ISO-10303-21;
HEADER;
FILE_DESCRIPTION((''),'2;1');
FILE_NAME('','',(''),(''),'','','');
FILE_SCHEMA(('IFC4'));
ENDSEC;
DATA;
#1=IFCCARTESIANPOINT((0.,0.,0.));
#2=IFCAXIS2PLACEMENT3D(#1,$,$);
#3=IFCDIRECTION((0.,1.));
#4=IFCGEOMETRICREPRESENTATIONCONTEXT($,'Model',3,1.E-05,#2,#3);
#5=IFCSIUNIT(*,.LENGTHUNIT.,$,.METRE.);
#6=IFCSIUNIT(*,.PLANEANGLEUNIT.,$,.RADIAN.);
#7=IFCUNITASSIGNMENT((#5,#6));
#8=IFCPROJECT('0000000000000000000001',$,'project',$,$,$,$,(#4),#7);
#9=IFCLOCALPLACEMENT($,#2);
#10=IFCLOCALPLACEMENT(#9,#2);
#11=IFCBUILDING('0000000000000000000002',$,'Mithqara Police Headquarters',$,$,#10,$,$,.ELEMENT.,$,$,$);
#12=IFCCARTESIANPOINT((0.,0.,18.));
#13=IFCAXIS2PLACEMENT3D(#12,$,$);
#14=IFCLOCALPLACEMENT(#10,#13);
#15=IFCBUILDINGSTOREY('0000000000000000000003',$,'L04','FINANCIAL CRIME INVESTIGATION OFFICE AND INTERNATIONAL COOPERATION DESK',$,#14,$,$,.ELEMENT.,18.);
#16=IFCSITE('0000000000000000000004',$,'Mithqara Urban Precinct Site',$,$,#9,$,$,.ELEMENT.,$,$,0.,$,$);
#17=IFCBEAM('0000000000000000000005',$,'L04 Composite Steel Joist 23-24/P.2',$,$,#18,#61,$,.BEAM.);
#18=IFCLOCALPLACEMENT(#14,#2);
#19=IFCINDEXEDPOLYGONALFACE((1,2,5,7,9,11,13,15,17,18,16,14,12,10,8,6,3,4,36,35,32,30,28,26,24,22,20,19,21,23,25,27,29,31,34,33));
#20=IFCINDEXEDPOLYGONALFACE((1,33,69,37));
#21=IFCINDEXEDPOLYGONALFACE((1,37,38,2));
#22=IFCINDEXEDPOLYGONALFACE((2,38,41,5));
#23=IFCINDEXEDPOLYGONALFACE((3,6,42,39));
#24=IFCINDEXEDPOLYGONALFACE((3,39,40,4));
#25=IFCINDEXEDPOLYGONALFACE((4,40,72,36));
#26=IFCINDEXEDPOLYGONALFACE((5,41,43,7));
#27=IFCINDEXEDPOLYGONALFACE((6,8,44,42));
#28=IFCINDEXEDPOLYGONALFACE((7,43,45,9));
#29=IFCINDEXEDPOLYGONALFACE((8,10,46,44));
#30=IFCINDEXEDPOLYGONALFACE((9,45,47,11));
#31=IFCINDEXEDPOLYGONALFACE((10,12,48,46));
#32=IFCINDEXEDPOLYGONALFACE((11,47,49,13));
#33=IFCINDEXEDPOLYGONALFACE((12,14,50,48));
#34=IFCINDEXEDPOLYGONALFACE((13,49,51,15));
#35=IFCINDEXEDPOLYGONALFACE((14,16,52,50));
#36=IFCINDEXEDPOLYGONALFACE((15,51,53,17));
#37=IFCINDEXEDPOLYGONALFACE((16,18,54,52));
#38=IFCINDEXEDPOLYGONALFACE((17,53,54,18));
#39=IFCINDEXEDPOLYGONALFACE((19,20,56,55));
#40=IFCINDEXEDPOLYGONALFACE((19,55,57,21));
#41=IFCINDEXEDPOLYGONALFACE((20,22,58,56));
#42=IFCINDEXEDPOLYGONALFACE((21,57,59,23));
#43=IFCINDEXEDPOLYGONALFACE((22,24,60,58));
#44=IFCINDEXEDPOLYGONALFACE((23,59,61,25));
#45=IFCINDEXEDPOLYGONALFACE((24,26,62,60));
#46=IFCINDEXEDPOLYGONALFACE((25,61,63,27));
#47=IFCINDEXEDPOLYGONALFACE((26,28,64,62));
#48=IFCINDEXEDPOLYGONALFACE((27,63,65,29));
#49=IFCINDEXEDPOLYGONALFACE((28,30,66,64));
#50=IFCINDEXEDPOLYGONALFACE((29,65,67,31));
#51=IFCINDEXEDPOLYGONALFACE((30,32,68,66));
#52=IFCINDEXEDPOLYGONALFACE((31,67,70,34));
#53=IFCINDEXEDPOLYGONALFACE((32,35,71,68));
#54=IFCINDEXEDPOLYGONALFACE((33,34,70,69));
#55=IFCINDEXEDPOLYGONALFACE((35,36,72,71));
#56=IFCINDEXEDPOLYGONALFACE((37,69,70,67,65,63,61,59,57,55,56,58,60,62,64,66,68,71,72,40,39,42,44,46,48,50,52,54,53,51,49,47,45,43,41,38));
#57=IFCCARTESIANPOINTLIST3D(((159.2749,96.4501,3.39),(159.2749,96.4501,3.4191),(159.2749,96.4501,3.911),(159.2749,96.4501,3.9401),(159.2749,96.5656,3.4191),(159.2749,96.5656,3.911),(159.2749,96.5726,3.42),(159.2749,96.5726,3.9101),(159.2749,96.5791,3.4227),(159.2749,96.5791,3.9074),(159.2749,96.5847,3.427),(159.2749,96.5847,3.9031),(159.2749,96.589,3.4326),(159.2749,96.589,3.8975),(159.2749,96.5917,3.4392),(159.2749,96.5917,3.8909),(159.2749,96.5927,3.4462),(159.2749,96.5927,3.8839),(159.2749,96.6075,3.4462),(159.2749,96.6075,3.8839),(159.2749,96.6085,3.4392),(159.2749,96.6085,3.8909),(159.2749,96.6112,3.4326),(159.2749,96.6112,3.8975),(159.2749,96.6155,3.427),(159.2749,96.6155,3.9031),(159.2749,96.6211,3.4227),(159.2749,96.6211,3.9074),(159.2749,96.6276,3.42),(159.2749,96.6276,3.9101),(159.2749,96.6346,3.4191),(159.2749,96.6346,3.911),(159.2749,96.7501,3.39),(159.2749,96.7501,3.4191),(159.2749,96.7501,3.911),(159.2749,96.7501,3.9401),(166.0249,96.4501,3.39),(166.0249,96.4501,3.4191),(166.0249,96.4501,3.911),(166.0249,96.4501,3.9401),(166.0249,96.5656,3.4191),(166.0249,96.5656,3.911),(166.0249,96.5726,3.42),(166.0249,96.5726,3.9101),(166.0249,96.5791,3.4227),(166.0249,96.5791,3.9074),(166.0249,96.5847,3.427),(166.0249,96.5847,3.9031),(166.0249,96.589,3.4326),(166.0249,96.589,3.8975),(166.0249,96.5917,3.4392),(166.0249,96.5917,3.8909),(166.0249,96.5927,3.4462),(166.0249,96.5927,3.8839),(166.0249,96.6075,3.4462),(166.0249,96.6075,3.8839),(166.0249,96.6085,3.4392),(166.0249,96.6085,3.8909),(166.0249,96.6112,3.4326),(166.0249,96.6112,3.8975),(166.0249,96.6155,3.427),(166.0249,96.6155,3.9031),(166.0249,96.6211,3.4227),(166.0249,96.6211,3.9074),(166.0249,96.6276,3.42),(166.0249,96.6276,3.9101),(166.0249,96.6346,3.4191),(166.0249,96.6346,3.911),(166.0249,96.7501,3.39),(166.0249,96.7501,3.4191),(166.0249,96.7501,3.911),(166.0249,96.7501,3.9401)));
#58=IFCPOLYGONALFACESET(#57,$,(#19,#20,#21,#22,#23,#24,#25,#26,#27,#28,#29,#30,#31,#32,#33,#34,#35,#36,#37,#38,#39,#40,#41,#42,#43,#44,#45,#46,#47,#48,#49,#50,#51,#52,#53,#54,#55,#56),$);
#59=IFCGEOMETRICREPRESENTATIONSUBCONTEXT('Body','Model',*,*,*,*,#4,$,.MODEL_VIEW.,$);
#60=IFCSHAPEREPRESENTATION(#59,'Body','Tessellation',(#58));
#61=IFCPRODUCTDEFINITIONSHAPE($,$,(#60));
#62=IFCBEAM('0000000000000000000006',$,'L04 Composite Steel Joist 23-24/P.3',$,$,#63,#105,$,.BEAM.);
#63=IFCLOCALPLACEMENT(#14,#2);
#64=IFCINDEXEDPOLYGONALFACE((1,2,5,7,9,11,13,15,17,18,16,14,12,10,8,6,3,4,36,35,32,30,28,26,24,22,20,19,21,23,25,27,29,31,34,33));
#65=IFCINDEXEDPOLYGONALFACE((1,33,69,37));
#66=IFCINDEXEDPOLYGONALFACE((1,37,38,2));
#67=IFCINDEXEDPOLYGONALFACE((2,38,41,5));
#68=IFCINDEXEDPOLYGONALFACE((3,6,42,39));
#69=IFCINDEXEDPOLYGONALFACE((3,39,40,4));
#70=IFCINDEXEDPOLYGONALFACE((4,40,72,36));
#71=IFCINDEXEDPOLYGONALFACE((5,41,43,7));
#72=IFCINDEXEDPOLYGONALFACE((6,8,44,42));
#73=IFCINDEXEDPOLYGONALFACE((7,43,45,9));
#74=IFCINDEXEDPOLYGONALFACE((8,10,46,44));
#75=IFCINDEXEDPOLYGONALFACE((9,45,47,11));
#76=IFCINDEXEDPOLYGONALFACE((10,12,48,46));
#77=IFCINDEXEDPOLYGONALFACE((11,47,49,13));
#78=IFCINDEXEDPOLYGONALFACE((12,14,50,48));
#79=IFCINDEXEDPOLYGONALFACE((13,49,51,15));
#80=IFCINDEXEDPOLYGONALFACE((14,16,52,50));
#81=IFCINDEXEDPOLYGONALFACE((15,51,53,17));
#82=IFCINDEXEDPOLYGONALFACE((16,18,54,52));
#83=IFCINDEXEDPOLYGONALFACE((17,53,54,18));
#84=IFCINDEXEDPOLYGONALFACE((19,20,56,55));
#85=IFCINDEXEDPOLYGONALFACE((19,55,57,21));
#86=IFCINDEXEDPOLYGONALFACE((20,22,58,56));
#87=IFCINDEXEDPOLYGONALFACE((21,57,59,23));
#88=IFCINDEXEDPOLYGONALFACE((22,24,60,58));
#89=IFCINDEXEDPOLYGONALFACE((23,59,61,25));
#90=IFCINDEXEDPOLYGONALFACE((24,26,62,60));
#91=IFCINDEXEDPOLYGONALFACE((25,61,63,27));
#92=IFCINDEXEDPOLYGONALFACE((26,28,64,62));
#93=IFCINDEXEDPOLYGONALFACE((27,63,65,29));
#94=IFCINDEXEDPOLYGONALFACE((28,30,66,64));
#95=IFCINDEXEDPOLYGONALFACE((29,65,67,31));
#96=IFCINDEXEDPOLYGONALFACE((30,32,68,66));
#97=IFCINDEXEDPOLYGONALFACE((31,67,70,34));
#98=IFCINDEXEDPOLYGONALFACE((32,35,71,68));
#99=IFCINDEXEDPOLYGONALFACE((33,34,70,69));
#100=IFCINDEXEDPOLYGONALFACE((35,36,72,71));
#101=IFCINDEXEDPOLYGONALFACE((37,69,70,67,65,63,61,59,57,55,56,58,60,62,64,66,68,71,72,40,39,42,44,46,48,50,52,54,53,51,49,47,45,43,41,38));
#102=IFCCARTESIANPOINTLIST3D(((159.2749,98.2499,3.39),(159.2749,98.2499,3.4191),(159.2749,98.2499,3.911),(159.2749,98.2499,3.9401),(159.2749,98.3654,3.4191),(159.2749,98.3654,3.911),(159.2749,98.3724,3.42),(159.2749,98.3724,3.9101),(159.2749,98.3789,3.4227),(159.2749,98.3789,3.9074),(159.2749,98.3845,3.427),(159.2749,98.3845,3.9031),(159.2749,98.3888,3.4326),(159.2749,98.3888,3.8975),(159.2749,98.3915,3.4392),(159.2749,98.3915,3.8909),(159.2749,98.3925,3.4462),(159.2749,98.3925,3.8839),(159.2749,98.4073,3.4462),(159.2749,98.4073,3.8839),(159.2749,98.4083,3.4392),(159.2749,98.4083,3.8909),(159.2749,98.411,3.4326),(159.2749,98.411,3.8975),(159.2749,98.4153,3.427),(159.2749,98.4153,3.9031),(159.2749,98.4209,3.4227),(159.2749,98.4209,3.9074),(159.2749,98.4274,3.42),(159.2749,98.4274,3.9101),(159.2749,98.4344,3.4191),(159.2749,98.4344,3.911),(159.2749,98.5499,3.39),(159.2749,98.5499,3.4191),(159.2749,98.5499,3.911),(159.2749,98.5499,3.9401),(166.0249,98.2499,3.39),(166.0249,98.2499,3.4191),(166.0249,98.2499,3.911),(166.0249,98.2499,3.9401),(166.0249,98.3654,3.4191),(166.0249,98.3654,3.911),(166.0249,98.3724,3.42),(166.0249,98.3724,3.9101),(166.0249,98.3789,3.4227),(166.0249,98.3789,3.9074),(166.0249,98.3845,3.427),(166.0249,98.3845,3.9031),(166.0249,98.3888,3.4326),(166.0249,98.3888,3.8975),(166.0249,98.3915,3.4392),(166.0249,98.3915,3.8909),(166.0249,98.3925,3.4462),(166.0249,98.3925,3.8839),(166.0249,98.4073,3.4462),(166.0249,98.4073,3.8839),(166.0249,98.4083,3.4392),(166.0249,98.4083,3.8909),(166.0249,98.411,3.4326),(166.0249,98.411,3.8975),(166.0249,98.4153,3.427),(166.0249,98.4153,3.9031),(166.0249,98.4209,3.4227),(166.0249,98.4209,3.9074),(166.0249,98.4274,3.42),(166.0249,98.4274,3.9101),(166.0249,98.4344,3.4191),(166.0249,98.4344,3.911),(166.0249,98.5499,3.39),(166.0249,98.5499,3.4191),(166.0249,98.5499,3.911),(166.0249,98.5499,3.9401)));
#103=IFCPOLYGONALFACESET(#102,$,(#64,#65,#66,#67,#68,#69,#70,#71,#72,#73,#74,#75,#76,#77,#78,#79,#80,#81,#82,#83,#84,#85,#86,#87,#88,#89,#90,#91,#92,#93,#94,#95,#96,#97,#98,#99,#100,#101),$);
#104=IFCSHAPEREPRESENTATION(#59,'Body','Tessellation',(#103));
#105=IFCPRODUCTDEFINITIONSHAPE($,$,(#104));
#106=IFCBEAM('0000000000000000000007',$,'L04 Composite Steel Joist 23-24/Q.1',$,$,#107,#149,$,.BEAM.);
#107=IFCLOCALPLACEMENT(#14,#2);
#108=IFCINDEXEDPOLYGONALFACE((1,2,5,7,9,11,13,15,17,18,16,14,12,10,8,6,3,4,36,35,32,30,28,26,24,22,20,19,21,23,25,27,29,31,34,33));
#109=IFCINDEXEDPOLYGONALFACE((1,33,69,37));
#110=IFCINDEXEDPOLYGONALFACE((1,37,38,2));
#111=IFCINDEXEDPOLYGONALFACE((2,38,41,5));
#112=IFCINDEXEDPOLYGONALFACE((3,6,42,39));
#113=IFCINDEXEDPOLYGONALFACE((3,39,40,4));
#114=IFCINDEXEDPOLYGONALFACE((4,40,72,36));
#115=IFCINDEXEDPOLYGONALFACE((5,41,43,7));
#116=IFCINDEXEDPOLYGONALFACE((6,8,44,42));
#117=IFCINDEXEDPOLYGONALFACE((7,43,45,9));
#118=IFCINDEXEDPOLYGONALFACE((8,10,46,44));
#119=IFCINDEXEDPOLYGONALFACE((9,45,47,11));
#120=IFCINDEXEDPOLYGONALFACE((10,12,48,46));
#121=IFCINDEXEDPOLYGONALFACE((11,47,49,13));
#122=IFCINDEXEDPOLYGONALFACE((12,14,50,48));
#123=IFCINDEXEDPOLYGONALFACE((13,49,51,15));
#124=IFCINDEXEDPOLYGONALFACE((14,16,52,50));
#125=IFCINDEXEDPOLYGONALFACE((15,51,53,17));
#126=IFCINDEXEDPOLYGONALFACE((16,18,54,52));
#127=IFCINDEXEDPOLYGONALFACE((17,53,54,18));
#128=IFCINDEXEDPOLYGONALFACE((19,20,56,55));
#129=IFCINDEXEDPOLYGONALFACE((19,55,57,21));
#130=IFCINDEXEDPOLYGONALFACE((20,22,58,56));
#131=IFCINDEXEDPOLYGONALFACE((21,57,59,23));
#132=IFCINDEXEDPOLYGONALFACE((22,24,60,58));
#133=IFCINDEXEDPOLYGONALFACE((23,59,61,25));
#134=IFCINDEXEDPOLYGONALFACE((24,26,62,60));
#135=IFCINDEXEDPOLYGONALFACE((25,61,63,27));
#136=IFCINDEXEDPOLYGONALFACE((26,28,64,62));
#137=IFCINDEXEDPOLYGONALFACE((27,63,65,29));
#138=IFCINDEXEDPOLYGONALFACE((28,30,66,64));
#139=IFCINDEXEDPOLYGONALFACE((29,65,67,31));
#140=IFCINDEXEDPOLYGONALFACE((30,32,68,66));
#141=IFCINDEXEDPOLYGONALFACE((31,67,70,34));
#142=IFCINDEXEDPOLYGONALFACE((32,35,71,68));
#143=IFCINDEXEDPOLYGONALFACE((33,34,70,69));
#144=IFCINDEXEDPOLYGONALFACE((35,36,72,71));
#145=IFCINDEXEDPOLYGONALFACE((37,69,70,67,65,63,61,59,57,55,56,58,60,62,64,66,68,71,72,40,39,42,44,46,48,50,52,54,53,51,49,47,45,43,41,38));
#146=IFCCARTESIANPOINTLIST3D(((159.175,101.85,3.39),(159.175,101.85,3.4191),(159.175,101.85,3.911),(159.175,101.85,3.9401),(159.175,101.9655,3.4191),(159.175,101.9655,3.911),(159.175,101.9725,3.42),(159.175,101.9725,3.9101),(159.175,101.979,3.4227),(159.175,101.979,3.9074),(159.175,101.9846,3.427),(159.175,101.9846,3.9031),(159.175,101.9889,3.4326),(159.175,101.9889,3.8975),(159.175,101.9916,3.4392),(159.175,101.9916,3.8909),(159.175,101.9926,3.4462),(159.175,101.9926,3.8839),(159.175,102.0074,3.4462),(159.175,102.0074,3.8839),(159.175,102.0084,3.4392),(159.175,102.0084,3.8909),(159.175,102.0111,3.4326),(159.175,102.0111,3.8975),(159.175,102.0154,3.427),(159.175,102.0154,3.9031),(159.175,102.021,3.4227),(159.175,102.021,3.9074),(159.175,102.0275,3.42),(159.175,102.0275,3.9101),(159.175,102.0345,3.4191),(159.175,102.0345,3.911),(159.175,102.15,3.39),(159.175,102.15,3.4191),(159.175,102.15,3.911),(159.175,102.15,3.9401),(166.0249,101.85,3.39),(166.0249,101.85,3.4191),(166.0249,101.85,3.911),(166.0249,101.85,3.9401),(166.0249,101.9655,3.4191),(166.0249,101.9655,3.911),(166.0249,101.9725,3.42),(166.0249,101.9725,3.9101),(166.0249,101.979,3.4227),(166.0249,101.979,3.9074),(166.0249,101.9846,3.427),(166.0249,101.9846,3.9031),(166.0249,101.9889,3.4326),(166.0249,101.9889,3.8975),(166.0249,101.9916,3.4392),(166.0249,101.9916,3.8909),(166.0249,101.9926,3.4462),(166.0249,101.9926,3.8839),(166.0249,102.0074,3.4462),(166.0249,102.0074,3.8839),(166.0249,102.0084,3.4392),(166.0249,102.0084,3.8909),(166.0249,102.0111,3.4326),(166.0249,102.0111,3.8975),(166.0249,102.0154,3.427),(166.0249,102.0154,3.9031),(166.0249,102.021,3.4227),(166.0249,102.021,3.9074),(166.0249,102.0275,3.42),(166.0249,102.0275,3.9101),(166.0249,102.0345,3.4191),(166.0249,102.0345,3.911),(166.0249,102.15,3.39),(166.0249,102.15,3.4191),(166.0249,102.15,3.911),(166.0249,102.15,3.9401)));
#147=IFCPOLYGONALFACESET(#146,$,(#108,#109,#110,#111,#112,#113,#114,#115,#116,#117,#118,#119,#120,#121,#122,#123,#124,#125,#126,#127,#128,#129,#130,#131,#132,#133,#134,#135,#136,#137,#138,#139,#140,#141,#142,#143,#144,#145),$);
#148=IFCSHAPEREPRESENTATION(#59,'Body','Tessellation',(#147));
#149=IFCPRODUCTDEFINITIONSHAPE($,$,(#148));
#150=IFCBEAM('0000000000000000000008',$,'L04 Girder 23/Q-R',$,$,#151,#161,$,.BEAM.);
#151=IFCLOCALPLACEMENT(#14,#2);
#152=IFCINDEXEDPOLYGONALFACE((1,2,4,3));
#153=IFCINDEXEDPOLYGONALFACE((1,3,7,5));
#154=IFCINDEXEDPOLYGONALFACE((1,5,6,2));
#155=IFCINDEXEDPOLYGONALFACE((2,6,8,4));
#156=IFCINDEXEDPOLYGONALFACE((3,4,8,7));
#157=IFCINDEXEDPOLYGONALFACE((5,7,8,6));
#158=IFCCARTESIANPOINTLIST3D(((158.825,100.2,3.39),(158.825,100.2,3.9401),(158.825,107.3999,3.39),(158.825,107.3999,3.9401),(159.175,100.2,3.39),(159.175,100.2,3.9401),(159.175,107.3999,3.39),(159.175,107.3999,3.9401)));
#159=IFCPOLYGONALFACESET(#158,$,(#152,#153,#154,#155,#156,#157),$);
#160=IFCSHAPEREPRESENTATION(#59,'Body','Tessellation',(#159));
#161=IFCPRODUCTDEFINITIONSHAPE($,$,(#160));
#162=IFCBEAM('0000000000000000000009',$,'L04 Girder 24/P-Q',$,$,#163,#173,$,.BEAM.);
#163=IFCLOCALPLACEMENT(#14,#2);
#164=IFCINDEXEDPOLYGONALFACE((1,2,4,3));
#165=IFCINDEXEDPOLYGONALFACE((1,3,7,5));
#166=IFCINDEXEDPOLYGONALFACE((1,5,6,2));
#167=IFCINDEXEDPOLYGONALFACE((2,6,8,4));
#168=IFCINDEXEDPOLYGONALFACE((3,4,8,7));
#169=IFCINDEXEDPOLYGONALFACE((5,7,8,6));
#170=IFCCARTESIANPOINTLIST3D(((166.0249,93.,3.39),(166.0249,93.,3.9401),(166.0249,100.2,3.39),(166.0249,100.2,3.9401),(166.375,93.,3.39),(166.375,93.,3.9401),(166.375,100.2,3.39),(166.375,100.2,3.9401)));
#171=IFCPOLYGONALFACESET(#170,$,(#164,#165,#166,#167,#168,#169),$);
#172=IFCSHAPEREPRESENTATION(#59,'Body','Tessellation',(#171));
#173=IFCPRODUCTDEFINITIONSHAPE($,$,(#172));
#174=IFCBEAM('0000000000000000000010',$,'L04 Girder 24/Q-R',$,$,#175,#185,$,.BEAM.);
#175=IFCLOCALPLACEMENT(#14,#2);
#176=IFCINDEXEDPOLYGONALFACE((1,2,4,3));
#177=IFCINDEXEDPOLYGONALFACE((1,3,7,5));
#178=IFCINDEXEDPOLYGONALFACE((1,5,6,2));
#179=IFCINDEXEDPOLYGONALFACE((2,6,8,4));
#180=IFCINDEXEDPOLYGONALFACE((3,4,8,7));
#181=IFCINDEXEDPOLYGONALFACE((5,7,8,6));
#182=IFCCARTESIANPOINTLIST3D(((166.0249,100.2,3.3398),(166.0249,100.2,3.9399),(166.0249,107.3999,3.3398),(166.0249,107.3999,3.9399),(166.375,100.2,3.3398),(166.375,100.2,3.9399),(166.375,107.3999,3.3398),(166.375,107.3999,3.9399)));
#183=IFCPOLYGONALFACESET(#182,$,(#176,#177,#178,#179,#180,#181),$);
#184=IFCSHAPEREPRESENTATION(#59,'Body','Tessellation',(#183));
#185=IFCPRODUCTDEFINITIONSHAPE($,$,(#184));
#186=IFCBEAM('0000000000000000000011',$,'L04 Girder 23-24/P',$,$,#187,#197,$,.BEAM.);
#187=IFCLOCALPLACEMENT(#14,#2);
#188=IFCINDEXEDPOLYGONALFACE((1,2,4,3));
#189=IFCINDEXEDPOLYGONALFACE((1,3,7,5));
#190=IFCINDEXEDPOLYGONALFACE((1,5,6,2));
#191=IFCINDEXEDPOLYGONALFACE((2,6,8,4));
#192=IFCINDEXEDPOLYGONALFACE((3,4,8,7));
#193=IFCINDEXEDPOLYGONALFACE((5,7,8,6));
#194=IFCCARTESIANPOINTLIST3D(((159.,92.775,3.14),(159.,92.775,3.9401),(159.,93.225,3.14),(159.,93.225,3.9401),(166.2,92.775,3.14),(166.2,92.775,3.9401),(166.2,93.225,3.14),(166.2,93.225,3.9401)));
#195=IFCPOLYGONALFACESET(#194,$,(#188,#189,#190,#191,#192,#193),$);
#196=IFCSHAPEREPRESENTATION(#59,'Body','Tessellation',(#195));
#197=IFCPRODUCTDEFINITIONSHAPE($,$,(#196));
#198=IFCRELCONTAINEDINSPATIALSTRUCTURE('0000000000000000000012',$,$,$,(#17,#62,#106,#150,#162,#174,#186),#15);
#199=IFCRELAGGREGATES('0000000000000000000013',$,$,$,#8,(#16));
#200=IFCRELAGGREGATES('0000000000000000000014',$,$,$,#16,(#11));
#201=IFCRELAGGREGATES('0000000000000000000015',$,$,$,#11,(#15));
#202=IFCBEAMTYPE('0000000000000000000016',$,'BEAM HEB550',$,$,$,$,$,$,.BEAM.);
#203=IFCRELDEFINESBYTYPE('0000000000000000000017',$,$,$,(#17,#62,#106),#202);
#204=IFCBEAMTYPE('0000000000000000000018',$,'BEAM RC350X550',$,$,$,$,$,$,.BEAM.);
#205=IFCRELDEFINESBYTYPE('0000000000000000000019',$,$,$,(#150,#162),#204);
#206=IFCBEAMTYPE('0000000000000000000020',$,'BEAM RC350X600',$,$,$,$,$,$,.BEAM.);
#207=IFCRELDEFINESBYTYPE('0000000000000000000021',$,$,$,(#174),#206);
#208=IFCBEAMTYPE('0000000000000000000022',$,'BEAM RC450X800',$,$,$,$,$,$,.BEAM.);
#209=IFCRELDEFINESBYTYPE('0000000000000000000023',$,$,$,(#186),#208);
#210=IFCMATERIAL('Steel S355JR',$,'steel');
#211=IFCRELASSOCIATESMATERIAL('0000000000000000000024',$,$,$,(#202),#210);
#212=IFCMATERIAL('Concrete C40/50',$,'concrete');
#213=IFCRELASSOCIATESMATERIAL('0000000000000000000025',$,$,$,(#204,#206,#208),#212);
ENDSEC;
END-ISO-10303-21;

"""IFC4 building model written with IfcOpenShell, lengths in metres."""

from ifc_helpers import new_model, si_unit, direction, frame, origin, origin_2d, place, context, subcontext, project, spatial, rectangle, i_section, extrude, material, material_profile, profile_set, type_object, element, save


model = new_model("IFC4")

# Units and contexts
model_context = context("Model", 3, precision=1e-05, world=origin(), true_north=direction((0.0, 1.0)))
body_context = subcontext(model_context, "Body", "Model", "MODEL_VIEW")
ifc_project = project(units=[si_unit("LENGTHUNIT", "METRE"), si_unit("PLANEANGLEUNIT", "RADIAN")], contexts=[model_context])

# Site, building, storey
site_placement = place(None, origin())
site = spatial("IfcSite", under=ifc_project, at=site_placement, Name="Mithqara Urban Precinct Site", CompositionType="ELEMENT", RefElevation=0.0)
building_placement = place(site_placement, origin())
building = spatial("IfcBuilding", under=site, at=building_placement, Name="Mithqara Police Headquarters", CompositionType="ELEMENT")
storey_placement = place(building_placement, frame((0.0, 0.0, 18.0)))
storey = spatial("IfcBuildingStorey", under=building, at=storey_placement, Name="L04", Description="FINANCIAL CRIME INVESTIGATION OFFICE AND INTERNATIONAL COOPERATION DESK", CompositionType="ELEMENT", Elevation=18.0)

# Beams
ifc_material_1 = material(Name="Steel S355JR", Category="steel")
ifc_material_profile_1 = material_profile(ifc_material_1, i_section(OverallWidth=0.3, OverallDepth=0.55, WebThickness=0.0149, FlangeThickness=0.0291, FilletRadius=0.0271, at=origin_2d()), Name="HEB 550")
ifc_profile_set_1 = profile_set([ifc_material_profile_1], Name="Steel S355JR")
beam_type_1 = type_object("IfcBeamType", Name="BEAM HEB550", PredefinedType="BEAM", material=ifc_profile_set_1)
for number, where, z_axis, x_axis, name in (
    (1, (159.2749, 96.6001, 3.665), (1.0, 0.0, 0.0), (0.0, 1.0, 0.0), "L04 Composite Steel Joist 23-24/P.2"),
    (2, (159.2749, 98.3999, 3.665), (1.0, 0.0, 0.0), (0.0, 1.0, 0.0), "L04 Composite Steel Joist 23-24/P.3"),
):
    element("IfcBeam", number, at=place(storey_placement, frame(where, z_axis=z_axis, x_axis=x_axis)), inside=storey, type_object=beam_type_1, Name=name, PredefinedType="BEAM", context=body_context, shape_type="SweptSolid", body=[
        extrude(i_section(OverallWidth=0.3, OverallDepth=0.55, WebThickness=0.0149, FlangeThickness=0.0291, FilletRadius=0.0271, at=origin_2d()), origin(), (0.0, 0.0, 1.0), 6.75),
    ])
beam_1_placement = place(storey_placement, frame((159.175, 102.0, 3.665), z_axis=(1.0, 0.0, 0.0), x_axis=(0.0, 1.0, 0.0)))
element("IfcBeam", 3, at=beam_1_placement, inside=storey, type_object=beam_type_1, Name="L04 Composite Steel Joist 23-24/Q.1", PredefinedType="BEAM", context=body_context, shape_type="SweptSolid", body=[
    extrude(i_section(OverallWidth=0.3, OverallDepth=0.55, WebThickness=0.0149, FlangeThickness=0.0291, FilletRadius=0.0271, at=origin_2d()), origin(), (0.0, 0.0, 1.0), 6.8499),
])
ifc_material_2 = material(Name="Concrete C40/50", Category="concrete")
ifc_material_profile_2 = material_profile(ifc_material_2, rectangle(XDim=0.3501, YDim=0.55, at=origin_2d()), Name="RC 350x550")
ifc_profile_set_2 = profile_set([ifc_material_profile_2], Name="Concrete C40/50")
beam_type_2 = type_object("IfcBeamType", Name="BEAM RC350X550", PredefinedType="BEAM", material=ifc_profile_set_2)
for number, where, z_axis, x_axis, name in (
    (4, (159.0, 100.2, 3.665), (0.0, 1.0, 0.0), (-1.0, 0.0, 0.0), "L04 Girder 23/Q-R"),
    (5, (166.2, 93.0, 3.665), (0.0, 1.0, 0.0), (-1.0, 0.0, 0.0), "L04 Girder 24/P-Q"),
):
    element("IfcBeam", number, at=place(storey_placement, frame(where, z_axis=z_axis, x_axis=x_axis)), inside=storey, type_object=beam_type_2, Name=name, PredefinedType="BEAM", context=body_context, shape_type="SweptSolid", body=[
        extrude(rectangle(XDim=0.3501, YDim=0.55, at=origin_2d()), origin(), (0.0, 0.0, 1.0), 7.2),
    ])
ifc_material_profile_3 = material_profile(ifc_material_2, rectangle(XDim=0.3501, YDim=0.6001, at=origin_2d()), Name="RC 350x600")
ifc_profile_set_3 = profile_set([ifc_material_profile_3], Name="Concrete C40/50")
beam_type_3 = type_object("IfcBeamType", Name="BEAM RC350X600", PredefinedType="BEAM", material=ifc_profile_set_3)
beam_2_placement = place(storey_placement, frame((166.2, 100.2, 3.6399), z_axis=(0.0, 1.0, 0.0), x_axis=(-1.0, 0.0, 0.0)))
element("IfcBeam", 6, at=beam_2_placement, inside=storey, type_object=beam_type_3, Name="L04 Girder 24/Q-R", PredefinedType="BEAM", context=body_context, shape_type="SweptSolid", body=[
    extrude(rectangle(XDim=0.3501, YDim=0.6001, at=origin_2d()), origin(), (0.0, 0.0, 1.0), 7.2),
])
ifc_material_profile_4 = material_profile(ifc_material_2, rectangle(XDim=0.45, YDim=0.8, at=origin_2d()), Name="RC 450x800")
ifc_profile_set_4 = profile_set([ifc_material_profile_4], Name="Concrete C40/50")
beam_type_4 = type_object("IfcBeamType", Name="BEAM RC450X800", PredefinedType="BEAM", material=ifc_profile_set_4)
beam_3_placement = place(storey_placement, frame((159.0, 93.0, 3.54), z_axis=(1.0, 0.0, 0.0), x_axis=(0.0, 1.0, 0.0)))
element("IfcBeam", 7, at=beam_3_placement, inside=storey, type_object=beam_type_4, Name="L04 Girder 23-24/P", PredefinedType="BEAM", context=body_context, shape_type="SweptSolid", body=[
    extrude(rectangle(XDim=0.45, YDim=0.8, at=origin_2d()), origin(), (0.0, 0.0, 1.0), 7.2),
])

save(model, "model.ifc")
